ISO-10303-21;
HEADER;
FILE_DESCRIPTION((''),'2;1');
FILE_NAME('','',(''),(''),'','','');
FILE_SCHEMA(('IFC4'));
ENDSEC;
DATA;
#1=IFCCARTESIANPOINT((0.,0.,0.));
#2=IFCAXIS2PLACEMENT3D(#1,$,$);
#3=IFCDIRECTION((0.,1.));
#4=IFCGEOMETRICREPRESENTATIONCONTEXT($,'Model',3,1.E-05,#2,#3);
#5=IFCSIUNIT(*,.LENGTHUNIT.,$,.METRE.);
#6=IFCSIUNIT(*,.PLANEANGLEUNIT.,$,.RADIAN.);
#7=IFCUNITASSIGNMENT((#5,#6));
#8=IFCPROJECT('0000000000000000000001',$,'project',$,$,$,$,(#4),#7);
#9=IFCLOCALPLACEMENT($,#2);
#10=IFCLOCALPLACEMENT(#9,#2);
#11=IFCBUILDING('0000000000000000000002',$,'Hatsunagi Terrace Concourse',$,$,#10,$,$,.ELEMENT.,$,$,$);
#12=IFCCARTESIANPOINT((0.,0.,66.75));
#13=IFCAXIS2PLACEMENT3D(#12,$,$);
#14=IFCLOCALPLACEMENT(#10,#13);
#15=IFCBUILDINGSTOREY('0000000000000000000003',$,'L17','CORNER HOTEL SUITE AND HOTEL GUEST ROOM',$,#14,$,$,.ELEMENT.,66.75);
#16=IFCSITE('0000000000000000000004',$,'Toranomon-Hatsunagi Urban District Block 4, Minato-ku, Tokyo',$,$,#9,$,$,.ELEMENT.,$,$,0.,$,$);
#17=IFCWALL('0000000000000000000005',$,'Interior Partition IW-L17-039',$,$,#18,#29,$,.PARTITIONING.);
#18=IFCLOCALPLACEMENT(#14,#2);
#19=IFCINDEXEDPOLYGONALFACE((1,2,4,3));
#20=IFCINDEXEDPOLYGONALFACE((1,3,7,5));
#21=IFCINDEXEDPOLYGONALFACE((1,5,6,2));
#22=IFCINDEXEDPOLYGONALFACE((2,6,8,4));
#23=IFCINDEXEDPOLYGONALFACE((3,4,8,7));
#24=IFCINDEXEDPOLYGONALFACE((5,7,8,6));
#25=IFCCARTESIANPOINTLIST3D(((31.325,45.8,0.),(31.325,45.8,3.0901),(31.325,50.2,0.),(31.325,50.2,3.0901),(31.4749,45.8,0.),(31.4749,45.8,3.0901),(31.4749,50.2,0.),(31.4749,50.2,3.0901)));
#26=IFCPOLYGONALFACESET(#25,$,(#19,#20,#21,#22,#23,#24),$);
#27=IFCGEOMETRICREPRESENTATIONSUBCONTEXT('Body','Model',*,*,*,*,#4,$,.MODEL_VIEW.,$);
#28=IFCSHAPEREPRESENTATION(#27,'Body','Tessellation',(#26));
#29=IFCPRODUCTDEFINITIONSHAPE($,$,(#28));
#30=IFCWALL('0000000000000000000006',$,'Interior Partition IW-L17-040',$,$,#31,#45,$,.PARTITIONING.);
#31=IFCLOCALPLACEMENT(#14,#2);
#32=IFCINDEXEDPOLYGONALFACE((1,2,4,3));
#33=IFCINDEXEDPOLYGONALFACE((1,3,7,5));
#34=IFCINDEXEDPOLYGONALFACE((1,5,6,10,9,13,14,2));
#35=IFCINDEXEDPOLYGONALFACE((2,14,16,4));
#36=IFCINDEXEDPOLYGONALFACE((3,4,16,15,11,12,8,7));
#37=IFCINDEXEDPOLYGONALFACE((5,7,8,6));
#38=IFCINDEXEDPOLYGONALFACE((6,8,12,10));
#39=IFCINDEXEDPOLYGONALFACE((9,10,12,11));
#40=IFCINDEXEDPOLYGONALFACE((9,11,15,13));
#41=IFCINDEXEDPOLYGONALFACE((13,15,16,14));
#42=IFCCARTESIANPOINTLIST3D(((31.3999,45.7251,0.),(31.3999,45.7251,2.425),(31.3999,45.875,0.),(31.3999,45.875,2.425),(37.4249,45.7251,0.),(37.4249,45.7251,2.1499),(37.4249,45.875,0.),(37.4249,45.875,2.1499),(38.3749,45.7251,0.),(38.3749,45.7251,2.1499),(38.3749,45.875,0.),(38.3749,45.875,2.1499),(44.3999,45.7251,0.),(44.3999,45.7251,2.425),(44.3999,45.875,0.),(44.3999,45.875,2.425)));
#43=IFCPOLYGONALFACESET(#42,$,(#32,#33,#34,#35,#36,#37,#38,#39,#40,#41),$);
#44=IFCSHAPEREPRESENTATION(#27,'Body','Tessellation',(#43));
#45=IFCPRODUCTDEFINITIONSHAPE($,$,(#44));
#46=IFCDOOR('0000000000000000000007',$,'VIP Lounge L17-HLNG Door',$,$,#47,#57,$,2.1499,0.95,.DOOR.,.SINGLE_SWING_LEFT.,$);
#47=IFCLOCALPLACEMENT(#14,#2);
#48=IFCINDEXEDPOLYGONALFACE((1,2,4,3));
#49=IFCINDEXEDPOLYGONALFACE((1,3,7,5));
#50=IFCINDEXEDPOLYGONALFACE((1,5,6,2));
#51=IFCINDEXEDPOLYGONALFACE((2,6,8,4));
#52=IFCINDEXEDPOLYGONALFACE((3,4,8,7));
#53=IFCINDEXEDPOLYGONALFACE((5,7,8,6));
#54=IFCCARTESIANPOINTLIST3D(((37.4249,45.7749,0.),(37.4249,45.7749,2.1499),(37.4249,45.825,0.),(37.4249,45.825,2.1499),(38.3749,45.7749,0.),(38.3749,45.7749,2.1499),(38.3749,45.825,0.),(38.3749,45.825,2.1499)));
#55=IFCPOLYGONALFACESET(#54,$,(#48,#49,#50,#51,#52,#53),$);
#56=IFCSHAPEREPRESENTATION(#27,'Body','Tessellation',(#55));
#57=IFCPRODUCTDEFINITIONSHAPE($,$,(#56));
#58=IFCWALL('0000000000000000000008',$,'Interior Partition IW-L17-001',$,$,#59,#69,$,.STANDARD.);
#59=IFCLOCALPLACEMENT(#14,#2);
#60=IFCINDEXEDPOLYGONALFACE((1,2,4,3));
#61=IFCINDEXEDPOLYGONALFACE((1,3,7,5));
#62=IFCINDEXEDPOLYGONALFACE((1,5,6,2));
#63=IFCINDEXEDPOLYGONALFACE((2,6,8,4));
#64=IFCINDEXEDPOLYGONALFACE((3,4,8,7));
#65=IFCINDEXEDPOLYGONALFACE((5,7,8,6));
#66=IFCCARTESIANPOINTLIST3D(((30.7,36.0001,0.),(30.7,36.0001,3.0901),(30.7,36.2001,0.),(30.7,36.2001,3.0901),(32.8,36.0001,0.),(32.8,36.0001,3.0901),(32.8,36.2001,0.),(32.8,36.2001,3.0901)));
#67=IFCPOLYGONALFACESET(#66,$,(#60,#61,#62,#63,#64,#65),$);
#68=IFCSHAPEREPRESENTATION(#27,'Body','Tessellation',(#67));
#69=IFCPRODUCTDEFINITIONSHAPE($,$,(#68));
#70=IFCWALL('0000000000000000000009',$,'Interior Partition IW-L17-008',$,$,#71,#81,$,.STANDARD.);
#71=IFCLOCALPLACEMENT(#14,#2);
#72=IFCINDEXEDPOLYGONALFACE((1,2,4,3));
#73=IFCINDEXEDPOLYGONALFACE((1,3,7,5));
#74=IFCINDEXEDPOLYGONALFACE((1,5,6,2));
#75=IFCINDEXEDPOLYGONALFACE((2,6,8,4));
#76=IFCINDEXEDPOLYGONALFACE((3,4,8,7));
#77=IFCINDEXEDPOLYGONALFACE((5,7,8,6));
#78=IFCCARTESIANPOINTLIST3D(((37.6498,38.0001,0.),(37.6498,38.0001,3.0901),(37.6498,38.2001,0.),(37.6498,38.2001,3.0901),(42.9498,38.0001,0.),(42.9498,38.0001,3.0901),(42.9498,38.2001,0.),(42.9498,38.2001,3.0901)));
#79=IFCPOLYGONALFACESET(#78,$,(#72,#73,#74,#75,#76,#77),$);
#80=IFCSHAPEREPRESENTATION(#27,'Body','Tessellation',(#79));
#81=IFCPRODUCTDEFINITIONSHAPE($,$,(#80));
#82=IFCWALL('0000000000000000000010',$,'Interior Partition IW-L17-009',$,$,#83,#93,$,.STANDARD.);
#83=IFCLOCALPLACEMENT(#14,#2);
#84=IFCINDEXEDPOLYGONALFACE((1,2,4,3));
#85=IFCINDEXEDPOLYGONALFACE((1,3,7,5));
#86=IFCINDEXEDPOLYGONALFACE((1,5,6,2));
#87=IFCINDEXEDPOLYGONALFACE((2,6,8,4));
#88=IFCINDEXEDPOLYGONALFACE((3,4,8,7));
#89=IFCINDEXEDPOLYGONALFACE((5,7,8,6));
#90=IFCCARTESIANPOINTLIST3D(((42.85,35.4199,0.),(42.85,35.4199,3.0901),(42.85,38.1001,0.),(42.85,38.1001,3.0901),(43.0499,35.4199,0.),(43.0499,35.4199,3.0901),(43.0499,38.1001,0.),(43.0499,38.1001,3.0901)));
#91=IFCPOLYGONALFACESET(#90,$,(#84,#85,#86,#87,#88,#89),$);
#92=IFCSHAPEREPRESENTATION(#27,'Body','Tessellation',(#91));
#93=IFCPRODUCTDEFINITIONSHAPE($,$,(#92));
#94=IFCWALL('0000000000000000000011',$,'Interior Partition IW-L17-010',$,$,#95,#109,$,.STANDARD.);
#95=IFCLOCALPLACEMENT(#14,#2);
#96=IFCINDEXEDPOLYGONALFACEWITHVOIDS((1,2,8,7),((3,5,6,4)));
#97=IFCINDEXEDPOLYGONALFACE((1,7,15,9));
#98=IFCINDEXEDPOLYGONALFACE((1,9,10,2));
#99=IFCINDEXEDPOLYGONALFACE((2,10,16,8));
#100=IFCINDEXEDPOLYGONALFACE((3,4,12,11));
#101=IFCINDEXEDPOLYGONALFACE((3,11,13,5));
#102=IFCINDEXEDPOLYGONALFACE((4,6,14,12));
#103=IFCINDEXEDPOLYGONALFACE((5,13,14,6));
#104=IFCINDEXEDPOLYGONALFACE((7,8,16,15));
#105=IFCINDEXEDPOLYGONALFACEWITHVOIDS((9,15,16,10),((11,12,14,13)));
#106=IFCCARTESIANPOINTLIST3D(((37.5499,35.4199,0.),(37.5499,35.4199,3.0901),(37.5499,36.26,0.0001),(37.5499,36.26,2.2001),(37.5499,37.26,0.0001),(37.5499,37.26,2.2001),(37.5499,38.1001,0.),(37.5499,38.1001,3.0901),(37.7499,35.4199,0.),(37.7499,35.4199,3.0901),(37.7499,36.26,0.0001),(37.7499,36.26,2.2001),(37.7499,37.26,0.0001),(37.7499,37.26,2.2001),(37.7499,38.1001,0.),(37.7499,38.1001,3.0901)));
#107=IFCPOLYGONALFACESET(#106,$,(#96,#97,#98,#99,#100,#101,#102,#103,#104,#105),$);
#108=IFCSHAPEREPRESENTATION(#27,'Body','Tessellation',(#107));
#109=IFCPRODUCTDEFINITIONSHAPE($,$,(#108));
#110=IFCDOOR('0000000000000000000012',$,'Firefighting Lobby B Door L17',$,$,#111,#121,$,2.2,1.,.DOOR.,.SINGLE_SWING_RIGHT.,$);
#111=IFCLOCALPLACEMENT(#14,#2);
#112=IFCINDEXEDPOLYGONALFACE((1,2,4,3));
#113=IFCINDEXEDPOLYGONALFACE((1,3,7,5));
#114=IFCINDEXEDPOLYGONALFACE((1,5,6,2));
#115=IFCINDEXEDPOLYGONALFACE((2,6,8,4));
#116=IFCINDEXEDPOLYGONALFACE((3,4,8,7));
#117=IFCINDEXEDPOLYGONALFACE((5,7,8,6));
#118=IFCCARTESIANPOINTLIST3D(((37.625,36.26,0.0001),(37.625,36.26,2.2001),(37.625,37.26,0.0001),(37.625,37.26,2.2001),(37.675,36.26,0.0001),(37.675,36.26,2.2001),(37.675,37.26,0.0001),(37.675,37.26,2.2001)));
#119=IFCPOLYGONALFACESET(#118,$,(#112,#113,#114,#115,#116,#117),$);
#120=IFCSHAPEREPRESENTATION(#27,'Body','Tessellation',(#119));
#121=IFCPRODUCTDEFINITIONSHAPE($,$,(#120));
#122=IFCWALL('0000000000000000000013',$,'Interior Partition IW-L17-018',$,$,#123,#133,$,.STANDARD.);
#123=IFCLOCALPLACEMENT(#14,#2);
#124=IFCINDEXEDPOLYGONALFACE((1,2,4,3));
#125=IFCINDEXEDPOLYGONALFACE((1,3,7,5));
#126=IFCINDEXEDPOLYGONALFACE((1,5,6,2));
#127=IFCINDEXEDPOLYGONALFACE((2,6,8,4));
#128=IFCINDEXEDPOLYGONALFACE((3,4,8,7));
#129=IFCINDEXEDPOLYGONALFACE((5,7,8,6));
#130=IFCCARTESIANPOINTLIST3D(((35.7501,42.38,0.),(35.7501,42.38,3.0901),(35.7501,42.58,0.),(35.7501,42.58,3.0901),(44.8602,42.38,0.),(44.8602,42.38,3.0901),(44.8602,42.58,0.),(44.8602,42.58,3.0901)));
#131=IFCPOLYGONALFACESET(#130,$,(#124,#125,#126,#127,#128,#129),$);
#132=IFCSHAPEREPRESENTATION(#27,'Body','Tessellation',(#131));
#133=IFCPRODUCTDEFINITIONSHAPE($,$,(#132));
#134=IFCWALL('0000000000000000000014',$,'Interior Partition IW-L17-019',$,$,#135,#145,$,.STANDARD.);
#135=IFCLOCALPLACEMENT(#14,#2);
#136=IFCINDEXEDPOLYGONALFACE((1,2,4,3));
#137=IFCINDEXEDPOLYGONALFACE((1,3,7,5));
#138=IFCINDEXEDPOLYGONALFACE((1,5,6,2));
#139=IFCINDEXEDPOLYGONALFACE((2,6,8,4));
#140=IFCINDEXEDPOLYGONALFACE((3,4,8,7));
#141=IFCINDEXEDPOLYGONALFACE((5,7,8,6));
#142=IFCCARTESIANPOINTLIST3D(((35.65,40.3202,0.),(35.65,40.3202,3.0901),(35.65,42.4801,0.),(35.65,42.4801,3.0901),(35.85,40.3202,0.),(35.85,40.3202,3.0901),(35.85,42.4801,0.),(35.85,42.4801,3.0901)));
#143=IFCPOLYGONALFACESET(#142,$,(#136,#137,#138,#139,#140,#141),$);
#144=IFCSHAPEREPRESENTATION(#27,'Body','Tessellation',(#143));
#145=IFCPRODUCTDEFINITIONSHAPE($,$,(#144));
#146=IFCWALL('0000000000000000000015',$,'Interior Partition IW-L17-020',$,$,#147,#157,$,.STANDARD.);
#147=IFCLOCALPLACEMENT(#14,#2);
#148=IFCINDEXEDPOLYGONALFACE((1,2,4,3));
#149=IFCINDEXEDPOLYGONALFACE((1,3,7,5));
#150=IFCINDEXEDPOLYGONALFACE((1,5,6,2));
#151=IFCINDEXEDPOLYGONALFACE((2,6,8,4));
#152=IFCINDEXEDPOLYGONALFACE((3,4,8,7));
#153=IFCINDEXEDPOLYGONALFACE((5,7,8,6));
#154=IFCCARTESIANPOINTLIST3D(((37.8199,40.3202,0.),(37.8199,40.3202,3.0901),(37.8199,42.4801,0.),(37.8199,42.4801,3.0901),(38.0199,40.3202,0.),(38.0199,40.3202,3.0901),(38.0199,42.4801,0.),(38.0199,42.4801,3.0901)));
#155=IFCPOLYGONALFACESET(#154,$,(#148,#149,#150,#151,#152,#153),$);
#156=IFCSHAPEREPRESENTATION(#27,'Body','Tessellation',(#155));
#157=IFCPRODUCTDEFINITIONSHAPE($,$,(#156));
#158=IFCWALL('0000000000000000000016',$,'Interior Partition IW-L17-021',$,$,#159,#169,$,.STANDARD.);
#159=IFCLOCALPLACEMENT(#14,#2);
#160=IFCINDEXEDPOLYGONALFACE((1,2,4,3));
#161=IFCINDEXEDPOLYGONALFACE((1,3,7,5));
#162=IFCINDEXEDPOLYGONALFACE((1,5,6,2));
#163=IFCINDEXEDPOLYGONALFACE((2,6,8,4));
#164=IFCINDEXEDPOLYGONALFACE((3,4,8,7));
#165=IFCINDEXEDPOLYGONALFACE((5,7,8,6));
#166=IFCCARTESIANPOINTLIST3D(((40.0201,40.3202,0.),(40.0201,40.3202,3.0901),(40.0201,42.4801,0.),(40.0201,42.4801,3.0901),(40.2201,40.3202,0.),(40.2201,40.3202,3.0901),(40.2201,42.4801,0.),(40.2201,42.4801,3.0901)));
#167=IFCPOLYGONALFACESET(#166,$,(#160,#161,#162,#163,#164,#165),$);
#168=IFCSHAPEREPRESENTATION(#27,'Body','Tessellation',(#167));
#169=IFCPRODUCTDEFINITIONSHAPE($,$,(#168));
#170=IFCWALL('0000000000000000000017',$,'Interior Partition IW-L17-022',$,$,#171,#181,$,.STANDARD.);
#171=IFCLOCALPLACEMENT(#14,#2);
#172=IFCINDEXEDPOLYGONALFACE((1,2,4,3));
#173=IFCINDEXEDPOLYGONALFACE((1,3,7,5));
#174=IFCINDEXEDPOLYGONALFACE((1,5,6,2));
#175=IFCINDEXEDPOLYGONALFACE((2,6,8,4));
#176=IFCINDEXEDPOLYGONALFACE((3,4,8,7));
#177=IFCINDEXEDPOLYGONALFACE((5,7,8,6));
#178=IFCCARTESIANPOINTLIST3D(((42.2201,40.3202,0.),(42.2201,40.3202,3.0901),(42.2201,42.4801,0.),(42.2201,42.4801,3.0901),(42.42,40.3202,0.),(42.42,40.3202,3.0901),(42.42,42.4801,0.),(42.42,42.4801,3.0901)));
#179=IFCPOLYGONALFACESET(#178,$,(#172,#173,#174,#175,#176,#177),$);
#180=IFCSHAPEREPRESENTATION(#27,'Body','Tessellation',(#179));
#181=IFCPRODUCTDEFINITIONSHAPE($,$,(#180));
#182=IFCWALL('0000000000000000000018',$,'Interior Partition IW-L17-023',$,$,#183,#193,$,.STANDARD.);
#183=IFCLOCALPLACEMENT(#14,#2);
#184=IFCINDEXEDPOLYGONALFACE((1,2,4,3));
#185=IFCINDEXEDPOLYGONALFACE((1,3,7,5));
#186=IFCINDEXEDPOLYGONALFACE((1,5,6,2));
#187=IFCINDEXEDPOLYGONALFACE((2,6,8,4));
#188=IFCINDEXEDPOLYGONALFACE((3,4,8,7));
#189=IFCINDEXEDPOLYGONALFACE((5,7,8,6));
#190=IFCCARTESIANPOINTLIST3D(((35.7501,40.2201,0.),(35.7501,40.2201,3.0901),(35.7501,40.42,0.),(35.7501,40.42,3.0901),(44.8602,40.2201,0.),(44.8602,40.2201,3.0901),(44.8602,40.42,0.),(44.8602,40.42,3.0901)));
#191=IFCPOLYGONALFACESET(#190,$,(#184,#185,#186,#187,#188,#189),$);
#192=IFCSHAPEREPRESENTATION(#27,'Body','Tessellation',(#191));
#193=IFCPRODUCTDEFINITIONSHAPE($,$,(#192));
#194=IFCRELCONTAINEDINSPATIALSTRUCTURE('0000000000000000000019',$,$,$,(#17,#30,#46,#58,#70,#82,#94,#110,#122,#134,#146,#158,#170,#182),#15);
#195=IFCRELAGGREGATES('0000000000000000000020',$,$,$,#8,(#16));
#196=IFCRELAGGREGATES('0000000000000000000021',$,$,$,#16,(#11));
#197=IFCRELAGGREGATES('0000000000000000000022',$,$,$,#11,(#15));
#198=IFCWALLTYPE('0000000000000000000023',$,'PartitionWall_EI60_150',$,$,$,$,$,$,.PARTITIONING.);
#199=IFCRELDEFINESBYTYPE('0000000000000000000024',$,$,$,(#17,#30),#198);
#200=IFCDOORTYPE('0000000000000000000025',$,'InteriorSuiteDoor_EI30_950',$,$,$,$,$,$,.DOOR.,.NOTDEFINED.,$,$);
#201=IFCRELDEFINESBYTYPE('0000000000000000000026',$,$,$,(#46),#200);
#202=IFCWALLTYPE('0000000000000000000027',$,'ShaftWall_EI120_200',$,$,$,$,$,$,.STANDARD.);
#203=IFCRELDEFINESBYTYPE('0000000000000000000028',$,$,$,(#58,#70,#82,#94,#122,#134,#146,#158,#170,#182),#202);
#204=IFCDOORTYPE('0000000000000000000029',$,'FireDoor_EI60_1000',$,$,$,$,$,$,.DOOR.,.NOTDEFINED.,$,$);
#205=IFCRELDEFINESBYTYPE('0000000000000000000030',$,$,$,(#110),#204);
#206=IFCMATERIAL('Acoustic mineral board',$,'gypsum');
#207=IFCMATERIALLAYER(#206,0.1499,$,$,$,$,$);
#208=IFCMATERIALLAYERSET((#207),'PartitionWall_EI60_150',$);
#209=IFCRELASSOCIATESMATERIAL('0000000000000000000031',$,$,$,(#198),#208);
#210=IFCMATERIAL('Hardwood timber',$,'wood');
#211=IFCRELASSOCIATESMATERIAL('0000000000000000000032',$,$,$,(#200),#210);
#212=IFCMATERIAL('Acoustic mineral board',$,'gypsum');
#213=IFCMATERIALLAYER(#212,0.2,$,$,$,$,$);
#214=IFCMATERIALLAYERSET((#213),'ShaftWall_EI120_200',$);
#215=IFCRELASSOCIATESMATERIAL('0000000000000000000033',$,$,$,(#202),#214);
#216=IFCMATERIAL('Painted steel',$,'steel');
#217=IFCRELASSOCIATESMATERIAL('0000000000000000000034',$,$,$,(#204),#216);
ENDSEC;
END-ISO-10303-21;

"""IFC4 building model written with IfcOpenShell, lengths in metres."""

from ifc_helpers import new_model, si_unit, direction, frame, frame_2d, origin, place, context, subcontext, project, spatial, rectangle, extrude, material, layer, layer_set, type_object, element, fill, save


model = new_model("IFC4")

# Units and contexts
model_context = context("Model", 3, precision=1e-05, world=origin(), true_north=direction((0.0, 1.0)))
body_context = subcontext(model_context, "Body", "Model", "MODEL_VIEW")
ifc_project = project(units=[si_unit("LENGTHUNIT", "METRE"), si_unit("PLANEANGLEUNIT", "RADIAN")], contexts=[model_context])

# Site, building, storey
site_placement = place(None, origin())
site = spatial("IfcSite", under=ifc_project, at=site_placement, Name="Toranomon-Hatsunagi Urban District Block 4, Minato-ku, Tokyo", CompositionType="ELEMENT", RefElevation=0.0)
building_placement = place(site_placement, origin())
building = spatial("IfcBuilding", under=site, at=building_placement, Name="Hatsunagi Terrace Concourse", CompositionType="ELEMENT")
storey_placement = place(building_placement, frame((0.0, 0.0, 66.75)))
storey = spatial("IfcBuildingStorey", under=building, at=storey_placement, Name="L17", Description="CORNER HOTEL SUITE AND HOTEL GUEST ROOM", CompositionType="ELEMENT", Elevation=66.75)

# Wall
ifc_material_1 = material(Name="Acoustic mineral board", Category="gypsum")
ifc_layer_1 = layer(ifc_material_1, 0.1499)
ifc_layer_set_1 = layer_set([ifc_layer_1], Name="PartitionWall_EI60_150")
wall_type_1 = type_object("IfcWallType", Name="PartitionWall_EI60_150", PredefinedType="PARTITIONING", material=ifc_layer_set_1)
wall_1_placement = place(storey_placement, frame((31.3999, 45.8, 0.0), z_axis=(0.0, 0.0, 1.0), x_axis=(0.0, 1.0, 0.0)))
element("IfcWall", 1, at=wall_1_placement, inside=storey, type_object=wall_type_1, Name="Interior Partition IW-L17-039", PredefinedType="PARTITIONING", context=body_context, shape_type="SweptSolid", body=[
    extrude(rectangle(XDim=4.3999, YDim=0.1499, at=frame_2d((2.2, 0.0))), origin(), (0.0, 0.0, 1.0), 3.0901),
])

# Wall, opening, door
wall_2_placement = place(storey_placement, frame((31.3999, 45.8, 0.0), z_axis=(0.0, 0.0, 1.0), x_axis=(1.0, 0.0, 0.0)))
wall_2 = element("IfcWall", 2, at=wall_2_placement, inside=storey, type_object=wall_type_1, Name="Interior Partition IW-L17-040", PredefinedType="PARTITIONING", context=body_context, shape_type="SweptSolid", body=[
    extrude(rectangle(XDim=13.0, YDim=0.1499, at=frame_2d((6.5, 0.0))), origin(), (0.0, 0.0, 1.0), 2.425),
])
opening_1_placement = place(wall_2_placement, frame((6.0249, 0.0, 0.0)))
opening_1 = element("IfcOpeningElement", 3, at=opening_1_placement, cuts=wall_2, PredefinedType="OPENING", context=body_context, shape_type="SweptSolid", body=[
    extrude(rectangle(XDim=0.95, YDim=2.1499, at=frame_2d((0.4751, 1.075))), frame((0.0, 0.085, 0.0), z_axis=(0.0, -1.0, 0.0), x_axis=(1.0, 0.0, 0.0)), (0.0, 0.0, 1.0), 0.1699),
])
ifc_material_2 = material(Name="Hardwood timber", Category="wood")
door_type_1 = type_object("IfcDoorType", Name="InteriorSuiteDoor_EI30_950", OperationType="NOTDEFINED", PredefinedType="DOOR", material=ifc_material_2)
door_1_placement = place(opening_1_placement, origin())
door_1 = element("IfcDoor", 4, at=door_1_placement, inside=storey, type_object=door_type_1, Name="VIP Lounge L17-HLNG Door", OperationType="SINGLE_SWING_LEFT", OverallHeight=2.1499, OverallWidth=0.95, PredefinedType="DOOR", context=body_context, shape_type="SweptSolid", body=[
    extrude(rectangle(XDim=0.95, YDim=2.1499, at=frame_2d((0.4751, 1.075))), frame((0.0, 0.0249, 0.0), z_axis=(0.0, -1.0, 0.0), x_axis=(1.0, 0.0, 0.0)), (0.0, 0.0, 1.0), 0.05),
])
fill(opening_1, door_1)

# Walls
ifc_material_3 = material(Name="Acoustic mineral board", Category="gypsum")
ifc_layer_2 = layer(ifc_material_3, 0.2)
ifc_layer_set_2 = layer_set([ifc_layer_2], Name="ShaftWall_EI120_200")
wall_type_2 = type_object("IfcWallType", Name="ShaftWall_EI120_200", PredefinedType="STANDARD", material=ifc_layer_set_2)
wall_3_placement = place(storey_placement, frame((30.7, 36.1001, 0.0), z_axis=(0.0, 0.0, 1.0), x_axis=(1.0, 0.0, 0.0)))
element("IfcWall", 5, at=wall_3_placement, inside=storey, type_object=wall_type_2, Name="Interior Partition IW-L17-001", PredefinedType="STANDARD", context=body_context, shape_type="SweptSolid", body=[
    extrude(rectangle(XDim=2.1001, YDim=0.2, at=frame_2d((1.05, 0.0))), origin(), (0.0, 0.0, 1.0), 3.0901),
])
wall_4_placement = place(storey_placement, frame((37.6499, 38.1001, 0.0), z_axis=(0.0, 0.0, 1.0), x_axis=(1.0, 0.0, 0.0)))
element("IfcWall", 6, at=wall_4_placement, inside=storey, type_object=wall_type_2, Name="Interior Partition IW-L17-008", PredefinedType="STANDARD", context=body_context, shape_type="SweptSolid", body=[
    extrude(rectangle(XDim=5.3, YDim=0.2, at=frame_2d((2.6499, 0.0))), origin(), (0.0, 0.0, 1.0), 3.0901),
])
wall_5_placement = place(storey_placement, frame((42.95, 35.4199, 0.0), z_axis=(0.0, 0.0, 1.0), x_axis=(0.0, 1.0, 0.0)))
element("IfcWall", 7, at=wall_5_placement, inside=storey, type_object=wall_type_2, Name="Interior Partition IW-L17-009", PredefinedType="STANDARD", context=body_context, shape_type="SweptSolid", body=[
    extrude(rectangle(XDim=2.6802, YDim=0.2, at=frame_2d((1.3401, 0.0))), origin(), (0.0, 0.0, 1.0), 3.0901),
])

# Wall, opening, door
wall_6_placement = place(storey_placement, frame((37.6499, 35.4199, 0.0), z_axis=(0.0, 0.0, 1.0), x_axis=(0.0, 1.0, 0.0)))
wall_6 = element("IfcWall", 8, at=wall_6_placement, inside=storey, type_object=wall_type_2, Name="Interior Partition IW-L17-010", PredefinedType="STANDARD", context=body_context, shape_type="SweptSolid", body=[
    extrude(rectangle(XDim=2.6802, YDim=0.2, at=frame_2d((1.3401, 0.0))), origin(), (0.0, 0.0, 1.0), 3.0901),
])
opening_2_placement = place(wall_6_placement, frame((0.8401, 0.0, 0.0)))
opening_2 = element("IfcOpeningElement", 9, at=opening_2_placement, cuts=wall_6, PredefinedType="OPENING", context=body_context, shape_type="SweptSolid", body=[
    extrude(rectangle(XDim=1.0, YDim=2.2, at=frame_2d((0.5, 1.1001))), frame((0.0, 0.1099, 0.0), z_axis=(0.0, -1.0, 0.0), x_axis=(1.0, 0.0, 0.0)), (0.0, 0.0, 1.0), 0.22),
])
ifc_material_4 = material(Name="Painted steel", Category="steel")
door_type_2 = type_object("IfcDoorType", Name="FireDoor_EI60_1000", OperationType="NOTDEFINED", PredefinedType="DOOR", material=ifc_material_4)
door_2_placement = place(opening_2_placement, origin())
door_2 = element("IfcDoor", 10, at=door_2_placement, inside=storey, type_object=door_type_2, Name="Firefighting Lobby B Door L17", OperationType="SINGLE_SWING_RIGHT", OverallHeight=2.2, OverallWidth=1.0, PredefinedType="DOOR", context=body_context, shape_type="SweptSolid", body=[
    extrude(rectangle(XDim=1.0, YDim=2.2, at=frame_2d((0.5, 1.1001))), frame((0.0, 0.0249, 0.0), z_axis=(0.0, -1.0, 0.0), x_axis=(1.0, 0.0, 0.0)), (0.0, 0.0, 1.0), 0.05),
])
fill(opening_2, door_2)

# Walls
wall_7_placement = place(storey_placement, frame((35.75, 42.48, 0.0), z_axis=(0.0, 0.0, 1.0), x_axis=(1.0, 0.0, 0.0)))
element("IfcWall", 11, at=wall_7_placement, inside=storey, type_object=wall_type_2, Name="Interior Partition IW-L17-018", PredefinedType="STANDARD", context=body_context, shape_type="SweptSolid", body=[
    extrude(rectangle(XDim=9.1101, YDim=0.2, at=frame_2d((4.5552, 0.0))), origin(), (0.0, 0.0, 1.0), 3.0901),
])
for number, where, z_axis, x_axis, name in (
    (12, (35.75, 40.3201, 0.0), (0.0, 0.0, 1.0), (0.0, 1.0, 0.0), "Interior Partition IW-L17-019"),
    (13, (37.9199, 40.3201, 0.0), (0.0, 0.0, 1.0), (0.0, 1.0, 0.0), "Interior Partition IW-L17-020"),
    (14, (40.1201, 40.3201, 0.0), (0.0, 0.0, 1.0), (0.0, 1.0, 0.0), "Interior Partition IW-L17-021"),
    (15, (42.3201, 40.3201, 0.0), (0.0, 0.0, 1.0), (0.0, 1.0, 0.0), "Interior Partition IW-L17-022"),
):
    element("IfcWall", number, at=place(storey_placement, frame(where, z_axis=z_axis, x_axis=x_axis)), inside=storey, type_object=wall_type_2, Name=name, PredefinedType="STANDARD", context=body_context, shape_type="SweptSolid", body=[
        extrude(rectangle(XDim=2.1599, YDim=0.2, at=frame_2d((1.0801, 0.0))), origin(), (0.0, 0.0, 1.0), 3.0901),
    ])
wall_8_placement = place(storey_placement, frame((35.75, 40.3201, 0.0), z_axis=(0.0, 0.0, 1.0), x_axis=(1.0, 0.0, 0.0)))
element("IfcWall", 16, at=wall_8_placement, inside=storey, type_object=wall_type_2, Name="Interior Partition IW-L17-023", PredefinedType="STANDARD", context=body_context, shape_type="SweptSolid", body=[
    extrude(rectangle(XDim=9.1101, YDim=0.2, at=frame_2d((4.5552, 0.0))), origin(), (0.0, 0.0, 1.0), 3.0901),
])

save(model, "model.ifc")
